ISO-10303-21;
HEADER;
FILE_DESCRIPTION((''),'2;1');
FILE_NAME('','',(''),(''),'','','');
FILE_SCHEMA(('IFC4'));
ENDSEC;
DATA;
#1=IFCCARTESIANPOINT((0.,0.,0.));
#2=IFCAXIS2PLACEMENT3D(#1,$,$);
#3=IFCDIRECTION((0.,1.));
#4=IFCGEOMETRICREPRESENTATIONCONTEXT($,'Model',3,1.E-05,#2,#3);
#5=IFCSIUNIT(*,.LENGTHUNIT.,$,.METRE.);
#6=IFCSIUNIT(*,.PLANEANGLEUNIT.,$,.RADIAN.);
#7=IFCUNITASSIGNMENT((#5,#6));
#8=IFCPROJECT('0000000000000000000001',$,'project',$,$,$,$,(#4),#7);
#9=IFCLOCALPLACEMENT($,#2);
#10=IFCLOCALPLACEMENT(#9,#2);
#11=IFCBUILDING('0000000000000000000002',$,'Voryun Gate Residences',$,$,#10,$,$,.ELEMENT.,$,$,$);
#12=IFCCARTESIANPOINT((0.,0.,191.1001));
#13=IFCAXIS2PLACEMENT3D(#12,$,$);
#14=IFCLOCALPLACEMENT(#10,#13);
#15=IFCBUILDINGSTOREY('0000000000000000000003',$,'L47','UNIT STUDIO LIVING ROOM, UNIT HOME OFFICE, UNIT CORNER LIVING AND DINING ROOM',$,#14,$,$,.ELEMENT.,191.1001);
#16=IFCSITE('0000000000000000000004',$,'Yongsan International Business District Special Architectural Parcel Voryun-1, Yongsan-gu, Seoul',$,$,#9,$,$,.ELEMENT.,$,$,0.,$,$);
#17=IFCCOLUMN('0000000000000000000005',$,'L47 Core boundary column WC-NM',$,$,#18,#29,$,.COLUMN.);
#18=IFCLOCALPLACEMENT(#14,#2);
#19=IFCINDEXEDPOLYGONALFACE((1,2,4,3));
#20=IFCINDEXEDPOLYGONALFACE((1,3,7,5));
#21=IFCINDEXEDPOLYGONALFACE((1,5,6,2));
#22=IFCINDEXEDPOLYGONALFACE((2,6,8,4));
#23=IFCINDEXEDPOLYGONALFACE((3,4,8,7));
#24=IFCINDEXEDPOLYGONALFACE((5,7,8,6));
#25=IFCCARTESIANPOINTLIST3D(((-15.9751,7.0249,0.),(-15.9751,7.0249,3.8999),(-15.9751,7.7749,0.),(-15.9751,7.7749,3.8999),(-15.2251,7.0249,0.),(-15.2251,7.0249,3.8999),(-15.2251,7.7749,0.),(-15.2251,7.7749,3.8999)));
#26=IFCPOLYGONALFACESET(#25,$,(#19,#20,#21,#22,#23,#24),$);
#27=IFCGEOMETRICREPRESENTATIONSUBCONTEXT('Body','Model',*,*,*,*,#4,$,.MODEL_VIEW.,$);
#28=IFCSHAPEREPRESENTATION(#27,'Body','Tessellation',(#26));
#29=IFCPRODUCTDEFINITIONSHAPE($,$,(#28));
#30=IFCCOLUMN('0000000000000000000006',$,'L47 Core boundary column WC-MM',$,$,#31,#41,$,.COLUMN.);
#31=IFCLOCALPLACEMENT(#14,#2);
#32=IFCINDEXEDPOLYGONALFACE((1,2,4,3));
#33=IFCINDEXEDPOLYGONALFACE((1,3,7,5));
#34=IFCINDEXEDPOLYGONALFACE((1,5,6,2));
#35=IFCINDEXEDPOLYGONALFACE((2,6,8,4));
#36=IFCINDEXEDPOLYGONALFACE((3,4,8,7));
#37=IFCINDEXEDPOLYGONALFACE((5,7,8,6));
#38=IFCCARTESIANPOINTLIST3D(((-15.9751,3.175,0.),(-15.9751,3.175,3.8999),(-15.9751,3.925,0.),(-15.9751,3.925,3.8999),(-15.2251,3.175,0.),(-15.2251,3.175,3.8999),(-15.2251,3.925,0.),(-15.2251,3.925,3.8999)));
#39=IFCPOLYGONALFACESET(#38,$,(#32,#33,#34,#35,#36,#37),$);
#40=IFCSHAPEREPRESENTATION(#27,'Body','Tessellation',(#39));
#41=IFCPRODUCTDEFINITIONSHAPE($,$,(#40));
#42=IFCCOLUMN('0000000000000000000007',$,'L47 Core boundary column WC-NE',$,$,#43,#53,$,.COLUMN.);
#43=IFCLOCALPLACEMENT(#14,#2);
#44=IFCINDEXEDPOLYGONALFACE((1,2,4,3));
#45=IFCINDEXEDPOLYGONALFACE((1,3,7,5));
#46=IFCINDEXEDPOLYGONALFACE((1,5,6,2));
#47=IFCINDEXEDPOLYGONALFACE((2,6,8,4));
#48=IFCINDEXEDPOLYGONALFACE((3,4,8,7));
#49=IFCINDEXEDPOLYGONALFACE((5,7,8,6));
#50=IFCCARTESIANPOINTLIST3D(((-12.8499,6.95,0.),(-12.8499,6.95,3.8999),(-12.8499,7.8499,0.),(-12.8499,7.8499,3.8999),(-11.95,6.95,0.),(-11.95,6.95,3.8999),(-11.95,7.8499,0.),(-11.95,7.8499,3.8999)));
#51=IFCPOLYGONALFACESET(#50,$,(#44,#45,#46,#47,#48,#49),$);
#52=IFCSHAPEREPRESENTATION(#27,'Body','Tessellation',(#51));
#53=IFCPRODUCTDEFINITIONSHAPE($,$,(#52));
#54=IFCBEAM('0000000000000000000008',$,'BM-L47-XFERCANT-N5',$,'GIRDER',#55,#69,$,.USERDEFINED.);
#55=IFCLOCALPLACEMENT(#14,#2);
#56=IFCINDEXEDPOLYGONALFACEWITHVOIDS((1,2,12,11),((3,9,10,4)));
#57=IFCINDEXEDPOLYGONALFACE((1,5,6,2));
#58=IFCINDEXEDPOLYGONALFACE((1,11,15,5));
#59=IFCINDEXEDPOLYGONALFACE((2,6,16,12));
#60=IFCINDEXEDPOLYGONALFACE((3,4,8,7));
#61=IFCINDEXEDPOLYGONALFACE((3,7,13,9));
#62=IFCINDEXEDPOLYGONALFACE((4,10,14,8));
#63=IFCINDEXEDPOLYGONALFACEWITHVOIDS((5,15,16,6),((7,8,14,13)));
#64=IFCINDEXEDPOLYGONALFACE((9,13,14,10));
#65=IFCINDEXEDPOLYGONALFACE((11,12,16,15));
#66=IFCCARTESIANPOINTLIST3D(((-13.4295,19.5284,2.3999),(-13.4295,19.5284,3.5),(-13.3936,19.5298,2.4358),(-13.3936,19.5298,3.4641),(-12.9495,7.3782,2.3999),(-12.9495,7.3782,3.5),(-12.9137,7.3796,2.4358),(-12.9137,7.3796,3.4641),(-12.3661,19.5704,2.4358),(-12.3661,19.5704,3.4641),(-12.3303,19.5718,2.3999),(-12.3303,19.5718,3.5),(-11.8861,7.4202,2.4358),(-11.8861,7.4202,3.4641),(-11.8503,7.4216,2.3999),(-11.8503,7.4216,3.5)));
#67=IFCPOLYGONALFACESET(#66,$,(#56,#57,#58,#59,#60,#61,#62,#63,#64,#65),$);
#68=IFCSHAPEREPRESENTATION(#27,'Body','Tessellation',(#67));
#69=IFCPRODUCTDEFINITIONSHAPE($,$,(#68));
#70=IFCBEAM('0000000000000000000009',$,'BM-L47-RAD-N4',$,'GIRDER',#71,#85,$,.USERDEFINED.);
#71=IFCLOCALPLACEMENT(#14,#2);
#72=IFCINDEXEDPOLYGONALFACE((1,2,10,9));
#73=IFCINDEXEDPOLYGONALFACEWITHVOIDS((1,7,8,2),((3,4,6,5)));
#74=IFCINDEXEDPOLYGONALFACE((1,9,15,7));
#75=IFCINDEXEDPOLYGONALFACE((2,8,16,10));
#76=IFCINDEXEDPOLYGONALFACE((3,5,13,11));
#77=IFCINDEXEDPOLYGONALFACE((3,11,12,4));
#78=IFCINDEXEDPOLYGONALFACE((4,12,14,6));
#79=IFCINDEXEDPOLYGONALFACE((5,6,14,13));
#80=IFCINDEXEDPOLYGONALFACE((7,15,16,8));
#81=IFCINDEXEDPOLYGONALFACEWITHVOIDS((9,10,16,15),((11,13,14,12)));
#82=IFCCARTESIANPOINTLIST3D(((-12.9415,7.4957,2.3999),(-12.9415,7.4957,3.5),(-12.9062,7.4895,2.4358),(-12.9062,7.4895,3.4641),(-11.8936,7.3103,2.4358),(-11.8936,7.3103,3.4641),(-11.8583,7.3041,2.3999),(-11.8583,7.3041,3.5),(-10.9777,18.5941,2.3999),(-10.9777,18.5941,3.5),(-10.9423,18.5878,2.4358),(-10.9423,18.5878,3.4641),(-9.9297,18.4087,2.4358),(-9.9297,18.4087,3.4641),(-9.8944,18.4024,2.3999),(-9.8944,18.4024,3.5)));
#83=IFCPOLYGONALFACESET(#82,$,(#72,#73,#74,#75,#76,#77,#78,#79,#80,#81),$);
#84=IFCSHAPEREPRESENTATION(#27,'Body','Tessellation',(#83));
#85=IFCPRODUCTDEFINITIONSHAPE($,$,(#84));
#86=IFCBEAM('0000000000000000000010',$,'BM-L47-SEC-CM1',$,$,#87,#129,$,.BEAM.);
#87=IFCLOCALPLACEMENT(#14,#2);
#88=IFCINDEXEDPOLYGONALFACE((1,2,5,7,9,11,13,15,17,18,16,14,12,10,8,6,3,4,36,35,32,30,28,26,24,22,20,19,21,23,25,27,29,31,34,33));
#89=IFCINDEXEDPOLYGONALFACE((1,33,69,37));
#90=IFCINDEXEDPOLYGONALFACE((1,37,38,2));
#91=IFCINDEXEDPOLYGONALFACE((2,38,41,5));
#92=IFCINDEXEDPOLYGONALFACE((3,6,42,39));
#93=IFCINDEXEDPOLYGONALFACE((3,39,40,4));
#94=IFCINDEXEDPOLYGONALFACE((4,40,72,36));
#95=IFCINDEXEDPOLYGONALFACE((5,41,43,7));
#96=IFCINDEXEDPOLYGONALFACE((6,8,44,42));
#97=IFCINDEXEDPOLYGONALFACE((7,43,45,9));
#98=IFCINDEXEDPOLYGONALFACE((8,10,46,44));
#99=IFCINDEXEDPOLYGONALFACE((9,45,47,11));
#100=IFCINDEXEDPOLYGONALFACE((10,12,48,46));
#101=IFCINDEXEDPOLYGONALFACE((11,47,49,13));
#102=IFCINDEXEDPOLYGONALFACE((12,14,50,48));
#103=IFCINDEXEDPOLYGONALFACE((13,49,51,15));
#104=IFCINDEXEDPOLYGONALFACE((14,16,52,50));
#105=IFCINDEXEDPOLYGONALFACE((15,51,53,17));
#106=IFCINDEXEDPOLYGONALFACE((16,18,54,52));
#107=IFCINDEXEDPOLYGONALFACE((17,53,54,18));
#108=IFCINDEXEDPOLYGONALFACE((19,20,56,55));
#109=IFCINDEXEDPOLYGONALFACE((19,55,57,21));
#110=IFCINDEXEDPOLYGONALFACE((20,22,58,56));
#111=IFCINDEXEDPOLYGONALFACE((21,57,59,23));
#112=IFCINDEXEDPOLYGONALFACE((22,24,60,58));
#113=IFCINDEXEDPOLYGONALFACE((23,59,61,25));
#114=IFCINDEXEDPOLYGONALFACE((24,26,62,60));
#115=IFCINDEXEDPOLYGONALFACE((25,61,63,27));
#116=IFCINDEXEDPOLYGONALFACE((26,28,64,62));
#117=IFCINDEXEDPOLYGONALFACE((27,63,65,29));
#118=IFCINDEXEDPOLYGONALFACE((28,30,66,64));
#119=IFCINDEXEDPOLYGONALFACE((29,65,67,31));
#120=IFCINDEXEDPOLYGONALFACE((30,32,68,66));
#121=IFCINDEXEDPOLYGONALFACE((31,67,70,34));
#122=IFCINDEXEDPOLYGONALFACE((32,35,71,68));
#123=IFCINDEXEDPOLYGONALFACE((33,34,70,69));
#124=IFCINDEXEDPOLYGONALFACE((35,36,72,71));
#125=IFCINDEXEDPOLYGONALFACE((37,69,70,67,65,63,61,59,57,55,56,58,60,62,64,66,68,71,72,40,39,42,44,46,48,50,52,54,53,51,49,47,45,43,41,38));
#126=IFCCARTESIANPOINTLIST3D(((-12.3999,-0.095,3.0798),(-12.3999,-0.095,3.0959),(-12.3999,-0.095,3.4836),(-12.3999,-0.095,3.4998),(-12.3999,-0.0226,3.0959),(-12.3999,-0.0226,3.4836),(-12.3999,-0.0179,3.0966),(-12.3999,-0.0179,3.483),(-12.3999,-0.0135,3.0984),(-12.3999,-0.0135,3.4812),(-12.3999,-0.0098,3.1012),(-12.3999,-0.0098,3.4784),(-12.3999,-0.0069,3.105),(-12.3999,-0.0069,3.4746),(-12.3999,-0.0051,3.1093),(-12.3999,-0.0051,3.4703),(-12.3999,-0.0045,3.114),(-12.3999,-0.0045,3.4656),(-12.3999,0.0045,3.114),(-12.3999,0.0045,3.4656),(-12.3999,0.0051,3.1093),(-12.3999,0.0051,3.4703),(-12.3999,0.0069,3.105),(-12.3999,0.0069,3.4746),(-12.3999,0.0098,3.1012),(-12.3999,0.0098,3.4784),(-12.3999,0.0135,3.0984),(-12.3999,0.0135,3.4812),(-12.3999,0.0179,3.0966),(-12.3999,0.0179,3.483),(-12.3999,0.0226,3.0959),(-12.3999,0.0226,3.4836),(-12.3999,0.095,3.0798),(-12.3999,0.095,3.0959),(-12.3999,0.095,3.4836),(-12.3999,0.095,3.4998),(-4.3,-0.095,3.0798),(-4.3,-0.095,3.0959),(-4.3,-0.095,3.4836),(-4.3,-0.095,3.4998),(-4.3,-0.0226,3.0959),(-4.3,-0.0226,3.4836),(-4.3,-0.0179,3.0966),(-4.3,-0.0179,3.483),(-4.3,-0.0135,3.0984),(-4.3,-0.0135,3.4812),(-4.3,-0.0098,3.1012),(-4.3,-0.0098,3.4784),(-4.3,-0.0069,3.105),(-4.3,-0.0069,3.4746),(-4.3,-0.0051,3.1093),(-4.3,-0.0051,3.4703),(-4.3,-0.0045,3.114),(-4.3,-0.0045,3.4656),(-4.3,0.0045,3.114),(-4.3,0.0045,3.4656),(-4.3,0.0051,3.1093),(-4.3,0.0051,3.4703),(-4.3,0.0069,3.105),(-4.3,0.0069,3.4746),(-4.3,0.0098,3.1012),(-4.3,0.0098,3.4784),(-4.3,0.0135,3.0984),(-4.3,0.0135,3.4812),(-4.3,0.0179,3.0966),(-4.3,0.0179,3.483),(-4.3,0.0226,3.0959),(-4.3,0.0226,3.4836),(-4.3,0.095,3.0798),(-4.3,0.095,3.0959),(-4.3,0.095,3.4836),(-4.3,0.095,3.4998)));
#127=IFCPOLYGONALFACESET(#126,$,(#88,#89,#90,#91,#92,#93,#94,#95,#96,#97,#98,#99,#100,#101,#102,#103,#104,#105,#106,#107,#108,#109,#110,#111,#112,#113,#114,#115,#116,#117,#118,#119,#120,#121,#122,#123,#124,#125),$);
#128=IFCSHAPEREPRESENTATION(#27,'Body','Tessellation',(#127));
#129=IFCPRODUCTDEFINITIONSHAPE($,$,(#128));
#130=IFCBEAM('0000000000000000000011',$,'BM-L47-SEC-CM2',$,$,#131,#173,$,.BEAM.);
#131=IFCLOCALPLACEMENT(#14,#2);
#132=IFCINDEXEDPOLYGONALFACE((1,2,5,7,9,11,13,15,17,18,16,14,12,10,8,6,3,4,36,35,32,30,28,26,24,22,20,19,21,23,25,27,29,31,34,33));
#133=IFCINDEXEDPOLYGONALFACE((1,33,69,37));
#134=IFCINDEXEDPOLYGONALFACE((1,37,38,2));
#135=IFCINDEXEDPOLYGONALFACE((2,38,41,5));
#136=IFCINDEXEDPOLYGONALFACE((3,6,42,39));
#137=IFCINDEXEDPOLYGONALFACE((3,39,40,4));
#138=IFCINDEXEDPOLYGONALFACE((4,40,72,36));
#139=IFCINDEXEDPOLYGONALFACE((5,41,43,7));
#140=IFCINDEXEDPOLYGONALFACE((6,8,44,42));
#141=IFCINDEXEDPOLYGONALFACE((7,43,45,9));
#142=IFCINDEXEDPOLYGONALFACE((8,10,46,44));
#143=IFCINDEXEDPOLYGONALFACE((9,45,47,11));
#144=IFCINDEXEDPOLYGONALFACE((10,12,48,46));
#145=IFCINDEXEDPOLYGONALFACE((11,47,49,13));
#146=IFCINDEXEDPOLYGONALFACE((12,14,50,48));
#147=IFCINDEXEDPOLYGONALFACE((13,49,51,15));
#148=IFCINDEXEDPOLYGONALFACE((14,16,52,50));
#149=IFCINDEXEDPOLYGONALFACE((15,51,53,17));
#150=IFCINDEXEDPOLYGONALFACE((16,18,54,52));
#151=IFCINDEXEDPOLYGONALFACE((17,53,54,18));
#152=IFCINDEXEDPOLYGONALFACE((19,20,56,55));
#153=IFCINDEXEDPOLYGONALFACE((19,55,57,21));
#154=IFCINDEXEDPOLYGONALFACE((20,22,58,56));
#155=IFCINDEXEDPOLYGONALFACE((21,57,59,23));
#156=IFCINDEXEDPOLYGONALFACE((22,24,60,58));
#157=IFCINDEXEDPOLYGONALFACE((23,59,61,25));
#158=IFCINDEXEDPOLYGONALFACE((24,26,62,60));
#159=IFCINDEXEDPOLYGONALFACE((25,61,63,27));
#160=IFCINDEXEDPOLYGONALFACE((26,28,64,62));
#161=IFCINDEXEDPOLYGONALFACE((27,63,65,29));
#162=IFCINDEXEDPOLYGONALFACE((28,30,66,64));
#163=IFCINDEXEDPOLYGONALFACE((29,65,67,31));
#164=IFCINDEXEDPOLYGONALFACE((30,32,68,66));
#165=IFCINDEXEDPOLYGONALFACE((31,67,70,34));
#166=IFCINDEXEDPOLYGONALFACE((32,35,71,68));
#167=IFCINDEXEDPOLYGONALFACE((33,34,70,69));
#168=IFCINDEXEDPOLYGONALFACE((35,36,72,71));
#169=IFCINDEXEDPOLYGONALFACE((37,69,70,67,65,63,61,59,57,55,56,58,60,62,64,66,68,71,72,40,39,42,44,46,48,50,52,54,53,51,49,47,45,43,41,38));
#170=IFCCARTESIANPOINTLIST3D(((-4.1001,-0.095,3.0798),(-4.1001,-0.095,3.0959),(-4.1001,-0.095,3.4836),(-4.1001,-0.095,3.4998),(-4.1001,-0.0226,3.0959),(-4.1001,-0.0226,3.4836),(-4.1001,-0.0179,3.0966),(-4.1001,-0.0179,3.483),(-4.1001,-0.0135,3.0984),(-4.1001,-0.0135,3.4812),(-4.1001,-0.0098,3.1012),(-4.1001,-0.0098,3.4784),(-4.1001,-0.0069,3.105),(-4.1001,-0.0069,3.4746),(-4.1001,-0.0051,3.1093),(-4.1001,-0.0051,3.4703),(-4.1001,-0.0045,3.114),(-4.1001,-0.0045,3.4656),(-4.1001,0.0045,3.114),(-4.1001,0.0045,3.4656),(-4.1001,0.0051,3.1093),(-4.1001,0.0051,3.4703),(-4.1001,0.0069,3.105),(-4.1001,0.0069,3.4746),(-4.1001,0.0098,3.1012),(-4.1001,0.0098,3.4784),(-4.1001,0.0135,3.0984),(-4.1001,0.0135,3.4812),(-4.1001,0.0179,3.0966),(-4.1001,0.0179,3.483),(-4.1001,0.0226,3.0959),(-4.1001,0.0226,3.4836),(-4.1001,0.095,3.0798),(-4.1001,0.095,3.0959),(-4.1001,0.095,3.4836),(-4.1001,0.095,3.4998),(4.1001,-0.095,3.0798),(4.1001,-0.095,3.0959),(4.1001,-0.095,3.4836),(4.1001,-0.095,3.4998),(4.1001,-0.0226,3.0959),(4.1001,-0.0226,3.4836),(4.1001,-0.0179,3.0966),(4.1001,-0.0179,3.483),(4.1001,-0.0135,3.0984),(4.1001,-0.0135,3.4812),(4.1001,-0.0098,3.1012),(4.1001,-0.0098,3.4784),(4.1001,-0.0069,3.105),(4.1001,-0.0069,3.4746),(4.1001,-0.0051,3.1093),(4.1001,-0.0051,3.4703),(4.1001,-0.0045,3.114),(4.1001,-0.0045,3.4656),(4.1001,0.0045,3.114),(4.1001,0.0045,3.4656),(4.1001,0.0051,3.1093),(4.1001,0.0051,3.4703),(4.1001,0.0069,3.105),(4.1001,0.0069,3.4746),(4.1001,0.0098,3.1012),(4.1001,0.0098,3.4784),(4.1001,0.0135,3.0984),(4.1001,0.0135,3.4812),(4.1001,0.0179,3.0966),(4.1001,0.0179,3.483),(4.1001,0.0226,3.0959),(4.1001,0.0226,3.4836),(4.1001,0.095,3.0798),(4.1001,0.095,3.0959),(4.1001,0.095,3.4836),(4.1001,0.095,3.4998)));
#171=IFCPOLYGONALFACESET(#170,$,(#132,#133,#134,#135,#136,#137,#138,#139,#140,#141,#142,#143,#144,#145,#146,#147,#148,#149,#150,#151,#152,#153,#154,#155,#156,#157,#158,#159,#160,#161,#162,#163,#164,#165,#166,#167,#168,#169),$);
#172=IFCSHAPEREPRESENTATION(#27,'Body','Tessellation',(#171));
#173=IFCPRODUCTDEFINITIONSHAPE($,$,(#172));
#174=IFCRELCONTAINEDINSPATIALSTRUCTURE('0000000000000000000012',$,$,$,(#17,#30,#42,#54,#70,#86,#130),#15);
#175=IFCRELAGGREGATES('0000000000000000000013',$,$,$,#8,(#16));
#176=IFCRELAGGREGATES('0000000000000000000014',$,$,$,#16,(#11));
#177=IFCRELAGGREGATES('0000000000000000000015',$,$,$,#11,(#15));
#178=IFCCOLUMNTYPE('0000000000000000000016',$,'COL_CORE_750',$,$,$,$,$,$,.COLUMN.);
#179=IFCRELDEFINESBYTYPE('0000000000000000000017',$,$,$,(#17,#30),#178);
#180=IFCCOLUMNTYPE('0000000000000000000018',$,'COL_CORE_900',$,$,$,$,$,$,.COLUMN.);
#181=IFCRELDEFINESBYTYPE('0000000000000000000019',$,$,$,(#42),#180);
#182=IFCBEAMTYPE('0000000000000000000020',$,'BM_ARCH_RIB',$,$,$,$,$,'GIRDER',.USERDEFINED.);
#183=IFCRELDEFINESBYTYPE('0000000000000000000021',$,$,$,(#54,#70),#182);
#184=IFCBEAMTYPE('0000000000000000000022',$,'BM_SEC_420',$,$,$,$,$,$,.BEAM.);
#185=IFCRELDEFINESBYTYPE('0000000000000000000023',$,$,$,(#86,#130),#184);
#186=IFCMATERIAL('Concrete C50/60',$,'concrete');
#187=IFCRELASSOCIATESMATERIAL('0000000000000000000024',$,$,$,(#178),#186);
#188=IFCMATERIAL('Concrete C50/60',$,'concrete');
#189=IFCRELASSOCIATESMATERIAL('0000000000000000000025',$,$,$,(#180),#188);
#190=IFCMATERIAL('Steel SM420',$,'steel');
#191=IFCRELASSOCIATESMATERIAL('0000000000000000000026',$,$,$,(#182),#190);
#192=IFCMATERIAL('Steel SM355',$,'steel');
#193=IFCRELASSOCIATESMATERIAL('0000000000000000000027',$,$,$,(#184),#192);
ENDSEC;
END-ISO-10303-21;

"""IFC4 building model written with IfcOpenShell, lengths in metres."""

from ifc_helpers import new_model, si_unit, direction, frame, origin, origin_2d, place, context, subcontext, project, spatial, rectangle, hollow_rectangle, i_section, extrude, material, material_profile, profile_set, type_object, element, save


model = new_model("IFC4")

# Units and contexts
model_context = context("Model", 3, precision=1e-05, world=origin(), true_north=direction((0.0, 1.0)))
body_context = subcontext(model_context, "Body", "Model", "MODEL_VIEW")
ifc_project = project(units=[si_unit("LENGTHUNIT", "METRE"), si_unit("PLANEANGLEUNIT", "RADIAN")], contexts=[model_context])

# Site, building, storey
site_placement = place(None, origin())
site = spatial("IfcSite", under=ifc_project, at=site_placement, Name="Yongsan International Business District Special Architectural Parcel Voryun-1, Yongsan-gu, Seoul", CompositionType="ELEMENT", RefElevation=0.0)
building_placement = place(site_placement, origin())
building = spatial("IfcBuilding", under=site, at=building_placement, Name="Voryun Gate Residences", CompositionType="ELEMENT")
storey_placement = place(building_placement, frame((0.0, 0.0, 191.1001)))
storey = spatial("IfcBuildingStorey", under=building, at=storey_placement, Name="L47", Description="UNIT STUDIO LIVING ROOM, UNIT HOME OFFICE, UNIT CORNER LIVING AND DINING ROOM", CompositionType="ELEMENT", Elevation=191.1001)

# Columns
ifc_material_1 = material(Name="Concrete C50/60", Category="concrete")
ifc_material_profile_1 = material_profile(ifc_material_1, rectangle(XDim=0.75, YDim=0.75, at=origin_2d()), Name="RC-750x750")
ifc_profile_set_1 = profile_set([ifc_material_profile_1], Name="Concrete C50/60")
column_type_1 = type_object("IfcColumnType", Name="COL_CORE_750", PredefinedType="COLUMN", material=ifc_profile_set_1)
for number, where, z_axis, x_axis, name in (
    (1, (-15.6001, 7.3999, 0.0), (0.0, 0.0, 1.0), (1.0, 0.0, 0.0), "L47 Core boundary column WC-NM"),
    (2, (-15.6001, 3.55, 0.0), (0.0, 0.0, 1.0), (1.0, 0.0, 0.0), "L47 Core boundary column WC-MM"),
):
    element("IfcColumn", number, at=place(storey_placement, frame(where, z_axis=z_axis, x_axis=x_axis)), inside=storey, type_object=column_type_1, Name=name, PredefinedType="COLUMN", context=body_context, shape_type="SweptSolid", body=[
        extrude(rectangle(XDim=0.75, YDim=0.75, at=origin_2d()), origin(), (0.0, 0.0, 1.0), 3.8999),
    ])
ifc_material_2 = material(Name="Concrete C50/60", Category="concrete")
ifc_material_profile_2 = material_profile(ifc_material_2, rectangle(XDim=0.8999, YDim=0.8999, at=origin_2d()), Name="RC-900x900")
ifc_profile_set_2 = profile_set([ifc_material_profile_2], Name="Concrete C50/60")
column_type_2 = type_object("IfcColumnType", Name="COL_CORE_900", PredefinedType="COLUMN", material=ifc_profile_set_2)
column_placement = place(storey_placement, frame((-12.3999, 7.3999, 0.0), z_axis=(0.0, 0.0, 1.0), x_axis=(1.0, 0.0, 0.0)))
element("IfcColumn", 3, at=column_placement, inside=storey, type_object=column_type_2, Name="L47 Core boundary column WC-NE", PredefinedType="COLUMN", context=body_context, shape_type="SweptSolid", body=[
    extrude(rectangle(XDim=0.8999, YDim=0.8999, at=origin_2d()), origin(), (0.0, 0.0, 1.0), 3.8999),
])

# Beams
ifc_material_3 = material(Name="Steel SM420", Category="steel")
ifc_material_profile_3 = material_profile(ifc_material_3, hollow_rectangle(XDim=1.1001, YDim=1.1001, WallThickness=0.0359, at=origin_2d()), Name="BOX-1100x1100x36")
ifc_profile_set_3 = profile_set([ifc_material_profile_3], Name="Steel SM420")
beam_type_1 = type_object("IfcBeamType", Name="BM_ARCH_RIB", ElementType="GIRDER", PredefinedType="USERDEFINED", material=ifc_profile_set_3)
beam_1_placement = place(storey_placement, frame((-12.3999, 7.3999, 2.95), z_axis=(-0.039473, 0.999221, 0.0), x_axis=(-0.999221, -0.039473, 0.0)))
element("IfcBeam", 4, at=beam_1_placement, inside=storey, type_object=beam_type_1, Name="BM-L47-XFERCANT-N5", ObjectType="GIRDER", PredefinedType="USERDEFINED", context=body_context, shape_type="SweptSolid", body=[
    extrude(hollow_rectangle(XDim=1.1001, YDim=1.1001, WallThickness=0.0359, at=origin_2d()), origin(), (0.0, 0.0, 1.0), 12.1597),
])
beam_2_placement = place(storey_placement, frame((-12.3999, 7.3999, 2.95), z_axis=(0.174244, 0.984703, 0.0), x_axis=(-0.984703, 0.174244, 0.0)))
element("IfcBeam", 5, at=beam_2_placement, inside=storey, type_object=beam_type_1, Name="BM-L47-RAD-N4", ObjectType="GIRDER", PredefinedType="USERDEFINED", context=body_context, shape_type="SweptSolid", body=[
    extrude(hollow_rectangle(XDim=1.1001, YDim=1.1001, WallThickness=0.0359, at=origin_2d()), origin(), (0.0, 0.0, 1.0), 11.2708),
])
ifc_material_4 = material(Name="Steel SM355", Category="steel")
ifc_material_profile_4 = material_profile(ifc_material_4, i_section(OverallWidth=0.1899, OverallDepth=0.4199, WebThickness=0.009, FlangeThickness=0.0161, FilletRadius=0.0181, at=origin_2d()), Name="H-420x190x9x16")
ifc_profile_set_4 = profile_set([ifc_material_profile_4], Name="Steel SM355")
beam_type_2 = type_object("IfcBeamType", Name="BM_SEC_420", PredefinedType="BEAM", material=ifc_profile_set_4)
beam_3_placement = place(storey_placement, frame((-12.3999, 0.0, 3.2898), z_axis=(1.0, 0.0, 0.0), x_axis=(0.0, 1.0, 0.0)))
element("IfcBeam", 6, at=beam_3_placement, inside=storey, type_object=beam_type_2, Name="BM-L47-SEC-CM1", PredefinedType="BEAM", context=body_context, shape_type="SweptSolid", body=[
    extrude(i_section(OverallWidth=0.1899, OverallDepth=0.4199, WebThickness=0.009, FlangeThickness=0.0161, FilletRadius=0.0181, at=origin_2d()), origin(), (0.0, 0.0, 1.0), 8.0999),
])
beam_4_placement = place(storey_placement, frame((-4.1001, 0.0, 3.2898), z_axis=(1.0, 0.0, 0.0), x_axis=(0.0, 1.0, 0.0)))
element("IfcBeam", 7, at=beam_4_placement, inside=storey, type_object=beam_type_2, Name="BM-L47-SEC-CM2", PredefinedType="BEAM", context=body_context, shape_type="SweptSolid", body=[
    extrude(i_section(OverallWidth=0.1899, OverallDepth=0.4199, WebThickness=0.009, FlangeThickness=0.0161, FilletRadius=0.0181, at=origin_2d()), origin(), (0.0, 0.0, 1.0), 8.2002),
])

save(model, "model.ifc")
